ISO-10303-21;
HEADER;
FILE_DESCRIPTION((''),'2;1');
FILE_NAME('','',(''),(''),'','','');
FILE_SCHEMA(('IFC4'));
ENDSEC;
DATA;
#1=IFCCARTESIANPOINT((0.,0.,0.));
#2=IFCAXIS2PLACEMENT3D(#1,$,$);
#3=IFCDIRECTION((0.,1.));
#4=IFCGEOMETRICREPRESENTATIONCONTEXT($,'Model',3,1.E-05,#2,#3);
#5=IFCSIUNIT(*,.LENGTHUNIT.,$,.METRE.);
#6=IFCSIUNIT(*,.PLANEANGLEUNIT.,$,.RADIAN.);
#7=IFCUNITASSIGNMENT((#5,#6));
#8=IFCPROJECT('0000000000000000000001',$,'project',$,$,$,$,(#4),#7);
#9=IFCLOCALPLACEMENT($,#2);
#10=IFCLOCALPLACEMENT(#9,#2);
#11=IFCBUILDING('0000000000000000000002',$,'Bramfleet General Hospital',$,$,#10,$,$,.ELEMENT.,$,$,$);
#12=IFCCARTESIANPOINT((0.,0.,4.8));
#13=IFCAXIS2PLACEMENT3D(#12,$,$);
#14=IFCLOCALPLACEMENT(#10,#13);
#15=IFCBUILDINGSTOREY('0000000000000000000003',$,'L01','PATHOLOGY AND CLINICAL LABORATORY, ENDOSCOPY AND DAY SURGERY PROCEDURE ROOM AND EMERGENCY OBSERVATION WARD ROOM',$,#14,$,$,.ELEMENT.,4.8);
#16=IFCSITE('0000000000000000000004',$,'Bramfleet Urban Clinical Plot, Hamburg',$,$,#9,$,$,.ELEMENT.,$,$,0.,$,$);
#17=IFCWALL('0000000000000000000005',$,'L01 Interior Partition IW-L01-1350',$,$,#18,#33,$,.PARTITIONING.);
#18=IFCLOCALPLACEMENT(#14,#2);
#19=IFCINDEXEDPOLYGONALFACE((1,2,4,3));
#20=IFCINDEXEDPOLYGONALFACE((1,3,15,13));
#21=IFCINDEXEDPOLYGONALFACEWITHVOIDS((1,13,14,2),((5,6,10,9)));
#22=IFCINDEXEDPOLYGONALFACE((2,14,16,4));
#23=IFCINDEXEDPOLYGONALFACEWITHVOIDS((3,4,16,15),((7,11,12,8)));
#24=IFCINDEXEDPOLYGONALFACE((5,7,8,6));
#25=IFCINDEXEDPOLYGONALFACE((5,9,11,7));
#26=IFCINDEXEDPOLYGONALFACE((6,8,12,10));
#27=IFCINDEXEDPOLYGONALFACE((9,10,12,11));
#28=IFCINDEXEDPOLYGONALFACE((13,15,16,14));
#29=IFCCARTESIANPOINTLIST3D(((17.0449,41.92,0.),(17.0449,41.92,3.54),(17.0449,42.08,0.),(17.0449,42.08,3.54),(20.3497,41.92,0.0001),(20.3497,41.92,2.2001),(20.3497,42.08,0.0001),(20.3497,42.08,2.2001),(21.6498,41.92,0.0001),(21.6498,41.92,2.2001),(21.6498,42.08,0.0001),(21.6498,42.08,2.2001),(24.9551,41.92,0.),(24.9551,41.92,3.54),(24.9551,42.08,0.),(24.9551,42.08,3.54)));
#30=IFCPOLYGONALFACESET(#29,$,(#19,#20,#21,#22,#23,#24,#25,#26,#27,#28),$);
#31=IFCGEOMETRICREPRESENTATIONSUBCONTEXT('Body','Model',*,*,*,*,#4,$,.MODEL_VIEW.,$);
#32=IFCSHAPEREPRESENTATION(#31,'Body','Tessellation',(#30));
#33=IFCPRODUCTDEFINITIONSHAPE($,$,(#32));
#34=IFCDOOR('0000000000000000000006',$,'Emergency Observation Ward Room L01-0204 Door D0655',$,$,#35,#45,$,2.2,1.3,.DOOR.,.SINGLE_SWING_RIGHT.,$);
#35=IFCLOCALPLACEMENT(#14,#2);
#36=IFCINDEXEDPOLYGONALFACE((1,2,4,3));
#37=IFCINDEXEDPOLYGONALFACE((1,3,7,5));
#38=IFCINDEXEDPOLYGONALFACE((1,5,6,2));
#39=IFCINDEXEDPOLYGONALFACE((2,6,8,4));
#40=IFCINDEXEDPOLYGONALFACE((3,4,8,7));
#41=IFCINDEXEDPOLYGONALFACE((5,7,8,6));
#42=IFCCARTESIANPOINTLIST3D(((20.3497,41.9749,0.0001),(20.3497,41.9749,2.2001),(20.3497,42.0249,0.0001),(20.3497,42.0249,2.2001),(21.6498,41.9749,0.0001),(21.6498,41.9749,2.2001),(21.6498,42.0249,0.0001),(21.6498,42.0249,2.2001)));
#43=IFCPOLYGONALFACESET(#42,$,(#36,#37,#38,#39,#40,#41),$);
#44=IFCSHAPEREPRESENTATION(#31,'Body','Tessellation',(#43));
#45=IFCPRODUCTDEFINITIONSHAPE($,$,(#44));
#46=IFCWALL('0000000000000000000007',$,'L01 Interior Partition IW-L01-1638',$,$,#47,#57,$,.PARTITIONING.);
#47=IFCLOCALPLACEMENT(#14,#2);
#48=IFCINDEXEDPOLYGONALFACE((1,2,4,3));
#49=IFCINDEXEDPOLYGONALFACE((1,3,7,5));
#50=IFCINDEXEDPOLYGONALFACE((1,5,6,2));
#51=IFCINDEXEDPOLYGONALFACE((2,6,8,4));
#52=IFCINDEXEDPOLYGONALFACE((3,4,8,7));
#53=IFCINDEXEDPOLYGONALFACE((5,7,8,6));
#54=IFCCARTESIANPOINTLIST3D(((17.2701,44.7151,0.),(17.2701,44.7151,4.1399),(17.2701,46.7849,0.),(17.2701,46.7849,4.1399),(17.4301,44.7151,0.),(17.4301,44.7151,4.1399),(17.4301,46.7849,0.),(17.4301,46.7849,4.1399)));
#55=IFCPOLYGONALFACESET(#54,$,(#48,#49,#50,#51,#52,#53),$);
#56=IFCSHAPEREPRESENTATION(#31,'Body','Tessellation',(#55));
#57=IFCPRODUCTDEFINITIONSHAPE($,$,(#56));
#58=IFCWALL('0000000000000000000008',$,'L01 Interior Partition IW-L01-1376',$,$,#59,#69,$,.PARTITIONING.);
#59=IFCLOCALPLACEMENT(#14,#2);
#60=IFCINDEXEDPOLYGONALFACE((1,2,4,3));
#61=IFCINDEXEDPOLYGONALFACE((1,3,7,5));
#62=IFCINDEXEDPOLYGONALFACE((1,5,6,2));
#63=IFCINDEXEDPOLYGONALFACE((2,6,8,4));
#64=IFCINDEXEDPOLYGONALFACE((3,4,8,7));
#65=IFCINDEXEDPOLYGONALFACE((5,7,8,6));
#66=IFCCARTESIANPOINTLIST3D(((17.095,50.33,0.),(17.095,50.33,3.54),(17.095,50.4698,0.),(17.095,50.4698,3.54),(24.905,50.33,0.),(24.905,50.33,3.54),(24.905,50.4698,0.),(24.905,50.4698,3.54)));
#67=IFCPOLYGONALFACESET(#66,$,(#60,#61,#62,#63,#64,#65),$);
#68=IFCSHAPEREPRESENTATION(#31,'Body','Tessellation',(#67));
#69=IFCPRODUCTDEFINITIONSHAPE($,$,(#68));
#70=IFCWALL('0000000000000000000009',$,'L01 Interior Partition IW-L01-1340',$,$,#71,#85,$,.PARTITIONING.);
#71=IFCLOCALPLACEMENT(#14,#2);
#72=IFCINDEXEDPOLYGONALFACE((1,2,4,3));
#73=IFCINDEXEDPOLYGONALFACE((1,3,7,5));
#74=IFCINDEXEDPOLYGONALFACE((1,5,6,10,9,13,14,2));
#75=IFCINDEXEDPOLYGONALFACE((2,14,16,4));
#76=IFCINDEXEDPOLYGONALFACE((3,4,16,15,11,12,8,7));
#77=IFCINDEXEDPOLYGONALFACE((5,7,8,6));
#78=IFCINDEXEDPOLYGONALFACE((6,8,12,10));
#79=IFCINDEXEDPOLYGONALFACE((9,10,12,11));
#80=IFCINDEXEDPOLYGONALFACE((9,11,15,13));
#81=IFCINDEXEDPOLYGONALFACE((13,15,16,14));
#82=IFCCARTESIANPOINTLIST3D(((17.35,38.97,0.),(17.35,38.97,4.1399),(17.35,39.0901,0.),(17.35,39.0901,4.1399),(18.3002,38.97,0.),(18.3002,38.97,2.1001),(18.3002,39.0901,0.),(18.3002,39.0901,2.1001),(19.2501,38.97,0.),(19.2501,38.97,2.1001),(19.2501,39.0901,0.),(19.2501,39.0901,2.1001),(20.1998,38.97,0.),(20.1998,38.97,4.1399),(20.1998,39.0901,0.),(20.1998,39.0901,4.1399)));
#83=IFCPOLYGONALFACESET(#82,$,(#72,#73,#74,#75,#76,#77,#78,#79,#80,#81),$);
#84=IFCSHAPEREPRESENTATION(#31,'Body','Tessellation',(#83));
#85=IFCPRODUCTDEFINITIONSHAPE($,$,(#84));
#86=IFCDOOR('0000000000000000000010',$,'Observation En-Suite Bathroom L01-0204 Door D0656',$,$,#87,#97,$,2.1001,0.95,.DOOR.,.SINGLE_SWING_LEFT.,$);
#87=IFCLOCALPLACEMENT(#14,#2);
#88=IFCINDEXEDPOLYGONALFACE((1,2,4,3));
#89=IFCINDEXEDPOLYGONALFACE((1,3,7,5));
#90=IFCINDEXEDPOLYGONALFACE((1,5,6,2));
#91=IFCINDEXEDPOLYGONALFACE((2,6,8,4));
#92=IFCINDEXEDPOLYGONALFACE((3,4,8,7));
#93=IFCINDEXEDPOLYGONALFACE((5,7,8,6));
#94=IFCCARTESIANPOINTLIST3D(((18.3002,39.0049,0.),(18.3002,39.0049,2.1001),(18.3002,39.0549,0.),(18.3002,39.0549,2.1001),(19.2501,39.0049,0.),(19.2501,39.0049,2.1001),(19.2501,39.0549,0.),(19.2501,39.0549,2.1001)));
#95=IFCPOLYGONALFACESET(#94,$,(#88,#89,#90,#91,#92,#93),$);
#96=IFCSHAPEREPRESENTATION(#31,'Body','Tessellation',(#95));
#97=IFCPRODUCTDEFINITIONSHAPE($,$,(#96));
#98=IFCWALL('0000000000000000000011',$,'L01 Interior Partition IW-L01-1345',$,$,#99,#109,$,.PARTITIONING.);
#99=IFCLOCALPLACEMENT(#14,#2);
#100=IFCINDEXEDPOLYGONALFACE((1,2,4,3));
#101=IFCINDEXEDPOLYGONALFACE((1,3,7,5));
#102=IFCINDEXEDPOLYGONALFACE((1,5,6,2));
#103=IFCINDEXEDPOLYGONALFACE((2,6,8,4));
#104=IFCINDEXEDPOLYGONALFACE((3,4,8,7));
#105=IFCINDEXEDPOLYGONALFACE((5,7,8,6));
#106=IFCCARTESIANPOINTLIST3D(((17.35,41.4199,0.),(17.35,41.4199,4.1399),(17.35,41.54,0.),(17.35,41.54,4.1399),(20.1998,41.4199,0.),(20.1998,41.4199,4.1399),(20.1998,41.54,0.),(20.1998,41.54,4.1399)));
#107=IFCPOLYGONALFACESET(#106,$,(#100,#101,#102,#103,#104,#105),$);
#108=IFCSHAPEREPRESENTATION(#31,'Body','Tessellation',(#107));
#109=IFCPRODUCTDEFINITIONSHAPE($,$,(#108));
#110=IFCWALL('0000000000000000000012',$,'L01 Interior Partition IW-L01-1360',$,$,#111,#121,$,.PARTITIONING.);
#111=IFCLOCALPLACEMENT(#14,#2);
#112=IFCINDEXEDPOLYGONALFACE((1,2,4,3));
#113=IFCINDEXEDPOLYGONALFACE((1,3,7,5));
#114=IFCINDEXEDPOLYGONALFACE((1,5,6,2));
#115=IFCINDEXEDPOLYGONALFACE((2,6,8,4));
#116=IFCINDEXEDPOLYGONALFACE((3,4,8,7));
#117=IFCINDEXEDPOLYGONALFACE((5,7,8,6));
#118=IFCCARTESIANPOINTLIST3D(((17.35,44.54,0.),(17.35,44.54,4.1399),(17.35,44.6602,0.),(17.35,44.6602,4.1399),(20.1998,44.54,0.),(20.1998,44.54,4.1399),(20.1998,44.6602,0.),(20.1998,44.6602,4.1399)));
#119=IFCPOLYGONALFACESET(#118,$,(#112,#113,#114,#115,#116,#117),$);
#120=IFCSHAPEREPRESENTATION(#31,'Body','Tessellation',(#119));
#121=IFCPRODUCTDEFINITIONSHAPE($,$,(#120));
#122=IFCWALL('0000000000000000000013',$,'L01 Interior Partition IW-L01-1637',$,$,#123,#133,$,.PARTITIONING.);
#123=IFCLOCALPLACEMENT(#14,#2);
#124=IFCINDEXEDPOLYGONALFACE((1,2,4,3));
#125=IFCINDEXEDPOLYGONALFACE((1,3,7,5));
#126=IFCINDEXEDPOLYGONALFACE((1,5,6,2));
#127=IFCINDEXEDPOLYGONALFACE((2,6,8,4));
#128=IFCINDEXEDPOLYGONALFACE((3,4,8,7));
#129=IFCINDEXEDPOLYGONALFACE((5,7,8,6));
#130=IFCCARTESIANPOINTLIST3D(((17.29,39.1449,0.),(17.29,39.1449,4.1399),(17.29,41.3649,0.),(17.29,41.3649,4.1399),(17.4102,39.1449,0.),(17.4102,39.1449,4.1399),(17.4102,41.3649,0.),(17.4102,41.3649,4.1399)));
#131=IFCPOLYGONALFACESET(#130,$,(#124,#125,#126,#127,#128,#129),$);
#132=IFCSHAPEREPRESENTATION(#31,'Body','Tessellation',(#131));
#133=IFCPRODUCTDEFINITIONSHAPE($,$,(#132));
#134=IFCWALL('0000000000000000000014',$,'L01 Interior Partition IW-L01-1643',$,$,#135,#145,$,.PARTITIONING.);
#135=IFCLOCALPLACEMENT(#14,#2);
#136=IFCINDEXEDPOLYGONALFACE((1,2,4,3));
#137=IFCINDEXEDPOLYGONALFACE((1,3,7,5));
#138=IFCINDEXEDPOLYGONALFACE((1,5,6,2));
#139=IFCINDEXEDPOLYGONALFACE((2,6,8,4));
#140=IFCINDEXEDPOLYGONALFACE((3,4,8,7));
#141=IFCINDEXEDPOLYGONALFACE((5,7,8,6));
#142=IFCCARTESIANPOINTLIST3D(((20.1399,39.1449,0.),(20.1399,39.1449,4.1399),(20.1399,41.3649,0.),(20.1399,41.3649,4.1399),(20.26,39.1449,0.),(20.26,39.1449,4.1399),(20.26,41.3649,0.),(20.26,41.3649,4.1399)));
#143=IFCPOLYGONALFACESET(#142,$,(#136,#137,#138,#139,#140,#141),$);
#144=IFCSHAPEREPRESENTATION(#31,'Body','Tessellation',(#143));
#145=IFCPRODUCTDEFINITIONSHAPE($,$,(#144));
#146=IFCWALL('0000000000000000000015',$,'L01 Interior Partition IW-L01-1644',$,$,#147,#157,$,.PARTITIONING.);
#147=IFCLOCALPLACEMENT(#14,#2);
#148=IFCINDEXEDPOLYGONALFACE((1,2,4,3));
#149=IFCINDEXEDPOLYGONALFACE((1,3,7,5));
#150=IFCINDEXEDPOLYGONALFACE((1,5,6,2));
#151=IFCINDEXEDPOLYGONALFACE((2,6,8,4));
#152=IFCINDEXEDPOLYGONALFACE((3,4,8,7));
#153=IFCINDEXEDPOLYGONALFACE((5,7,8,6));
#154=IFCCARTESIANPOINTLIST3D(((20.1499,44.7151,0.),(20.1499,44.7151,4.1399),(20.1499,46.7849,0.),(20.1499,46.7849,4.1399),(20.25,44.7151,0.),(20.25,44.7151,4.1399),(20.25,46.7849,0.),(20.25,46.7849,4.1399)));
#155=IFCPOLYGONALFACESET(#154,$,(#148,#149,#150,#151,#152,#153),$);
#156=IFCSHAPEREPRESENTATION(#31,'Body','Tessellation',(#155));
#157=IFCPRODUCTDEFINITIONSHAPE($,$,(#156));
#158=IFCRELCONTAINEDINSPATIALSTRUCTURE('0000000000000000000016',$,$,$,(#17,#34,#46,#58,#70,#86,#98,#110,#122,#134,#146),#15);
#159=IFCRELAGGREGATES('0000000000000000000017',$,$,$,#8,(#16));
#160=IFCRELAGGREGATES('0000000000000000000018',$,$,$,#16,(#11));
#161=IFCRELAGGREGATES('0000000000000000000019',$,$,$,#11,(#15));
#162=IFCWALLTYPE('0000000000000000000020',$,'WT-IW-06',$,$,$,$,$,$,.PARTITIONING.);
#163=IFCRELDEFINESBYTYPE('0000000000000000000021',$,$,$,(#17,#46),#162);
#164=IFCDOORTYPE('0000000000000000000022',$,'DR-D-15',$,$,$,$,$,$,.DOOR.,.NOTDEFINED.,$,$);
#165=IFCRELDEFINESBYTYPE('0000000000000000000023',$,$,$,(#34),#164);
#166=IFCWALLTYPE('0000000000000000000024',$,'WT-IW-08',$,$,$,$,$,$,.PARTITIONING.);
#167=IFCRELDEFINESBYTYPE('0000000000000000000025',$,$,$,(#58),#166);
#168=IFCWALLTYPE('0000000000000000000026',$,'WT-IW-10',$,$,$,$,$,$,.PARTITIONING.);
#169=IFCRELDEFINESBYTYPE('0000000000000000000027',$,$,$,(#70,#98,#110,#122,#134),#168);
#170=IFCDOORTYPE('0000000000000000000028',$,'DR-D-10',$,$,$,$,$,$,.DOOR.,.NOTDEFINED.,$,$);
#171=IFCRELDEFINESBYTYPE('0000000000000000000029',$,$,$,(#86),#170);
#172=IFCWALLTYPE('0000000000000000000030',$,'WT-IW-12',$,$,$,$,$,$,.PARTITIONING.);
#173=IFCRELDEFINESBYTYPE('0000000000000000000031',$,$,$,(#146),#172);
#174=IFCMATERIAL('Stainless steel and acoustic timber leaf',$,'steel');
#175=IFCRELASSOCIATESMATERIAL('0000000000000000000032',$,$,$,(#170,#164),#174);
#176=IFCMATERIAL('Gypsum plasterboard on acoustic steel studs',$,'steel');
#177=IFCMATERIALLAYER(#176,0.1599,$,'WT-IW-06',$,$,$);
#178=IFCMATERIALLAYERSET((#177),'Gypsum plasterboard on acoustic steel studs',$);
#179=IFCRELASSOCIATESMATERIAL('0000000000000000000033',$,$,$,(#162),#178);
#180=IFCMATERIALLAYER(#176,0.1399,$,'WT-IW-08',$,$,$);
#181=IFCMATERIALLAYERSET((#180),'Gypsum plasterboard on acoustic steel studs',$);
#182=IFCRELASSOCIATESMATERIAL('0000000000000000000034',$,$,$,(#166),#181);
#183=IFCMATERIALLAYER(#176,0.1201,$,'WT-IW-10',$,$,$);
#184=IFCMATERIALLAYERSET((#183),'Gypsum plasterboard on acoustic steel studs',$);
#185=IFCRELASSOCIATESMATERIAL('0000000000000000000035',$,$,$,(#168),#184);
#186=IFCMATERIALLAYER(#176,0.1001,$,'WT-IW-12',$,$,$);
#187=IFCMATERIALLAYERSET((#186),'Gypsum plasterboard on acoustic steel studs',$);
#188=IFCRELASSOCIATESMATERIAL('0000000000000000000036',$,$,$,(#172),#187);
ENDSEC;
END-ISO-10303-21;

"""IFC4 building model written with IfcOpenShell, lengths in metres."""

from ifc_helpers import new_model, si_unit, direction, frame, frame_2d, origin, place, context, subcontext, project, spatial, rectangle, extrude, material, layer, layer_set, type_object, element, fill, save


model = new_model("IFC4")

# Units and contexts
model_context = context("Model", 3, precision=1e-05, world=origin(), true_north=direction((0.0, 1.0)))
body_context = subcontext(model_context, "Body", "Model", "MODEL_VIEW")
ifc_project = project(units=[si_unit("LENGTHUNIT", "METRE"), si_unit("PLANEANGLEUNIT", "RADIAN")], contexts=[model_context])

# Site, building, storey
site_placement = place(None, origin())
site = spatial("IfcSite", under=ifc_project, at=site_placement, Name="Bramfleet Urban Clinical Plot, Hamburg", CompositionType="ELEMENT", RefElevation=0.0)
building_placement = place(site_placement, origin())
building = spatial("IfcBuilding", under=site, at=building_placement, Name="Bramfleet General Hospital", CompositionType="ELEMENT")
storey_placement = place(building_placement, frame((0.0, 0.0, 4.8)))
storey = spatial("IfcBuildingStorey", under=building, at=storey_placement, Name="L01", Description="PATHOLOGY AND CLINICAL LABORATORY, ENDOSCOPY AND DAY SURGERY PROCEDURE ROOM AND EMERGENCY OBSERVATION WARD ROOM", CompositionType="ELEMENT", Elevation=4.8)

# Shared definitions
ifc_material_1 = material(Name="Stainless steel and acoustic timber leaf", Category="steel")
door_type_1 = type_object("IfcDoorType", Name="DR-D-10", OperationType="NOTDEFINED", PredefinedType="DOOR", material=ifc_material_1)

# Shared definitions
ifc_material_2 = material(Name="Gypsum plasterboard on acoustic steel studs", Category="steel")

# Wall, opening, door
ifc_layer_1 = layer(ifc_material_2, 0.1599, Name="WT-IW-06")
ifc_layer_set_1 = layer_set([ifc_layer_1], Name="Gypsum plasterboard on acoustic steel studs")
wall_type_1 = type_object("IfcWallType", Name="WT-IW-06", PredefinedType="PARTITIONING", material=ifc_layer_set_1)
wall_1_placement = place(storey_placement, frame((17.0449, 42.0, 0.0), z_axis=(0.0, 0.0, 1.0), x_axis=(1.0, 0.0, 0.0)))
wall_1 = element("IfcWall", 1, at=wall_1_placement, inside=storey, type_object=wall_type_1, Name="L01 Interior Partition IW-L01-1350", PredefinedType="PARTITIONING", context=body_context, shape_type="SweptSolid", body=[
    extrude(rectangle(XDim=7.9102, YDim=0.1599, at=frame_2d((3.9551, 0.0))), origin(), (0.0, 0.0, 1.0), 3.54),
])
opening_1_placement = place(wall_1_placement, frame((3.3049, 0.0, 0.0)))
opening_1 = element("IfcOpeningElement", 2, at=opening_1_placement, cuts=wall_1, PredefinedType="OPENING", context=body_context, shape_type="SweptSolid", body=[
    extrude(rectangle(XDim=1.3, YDim=2.2, at=frame_2d((0.6499, 1.1001))), frame((0.0, 0.0898, 0.0), z_axis=(0.0, -1.0, 0.0), x_axis=(1.0, 0.0, 0.0)), (0.0, 0.0, 1.0), 0.1799),
])
door_type_2 = type_object("IfcDoorType", Name="DR-D-15", OperationType="NOTDEFINED", PredefinedType="DOOR", material=ifc_material_1)
door_1_placement = place(opening_1_placement, origin())
door_1 = element("IfcDoor", 3, at=door_1_placement, inside=storey, type_object=door_type_2, Name="Emergency Observation Ward Room L01-0204 Door D0655", OperationType="SINGLE_SWING_RIGHT", OverallHeight=2.2, OverallWidth=1.3, PredefinedType="DOOR", context=body_context, shape_type="SweptSolid", body=[
    extrude(rectangle(XDim=1.3, YDim=2.2, at=frame_2d((0.6499, 1.1001))), frame((0.0, 0.0249, 0.0), z_axis=(0.0, -1.0, 0.0), x_axis=(1.0, 0.0, 0.0)), (0.0, 0.0, 1.0), 0.05),
])
fill(opening_1, door_1)

# Walls
wall_2_placement = place(storey_placement, frame((17.3501, 44.7151, 0.0), z_axis=(0.0, 0.0, 1.0), x_axis=(0.0, 1.0, 0.0)))
element("IfcWall", 4, at=wall_2_placement, inside=storey, type_object=wall_type_1, Name="L01 Interior Partition IW-L01-1638", PredefinedType="PARTITIONING", context=body_context, shape_type="SweptSolid", body=[
    extrude(rectangle(XDim=2.0698, YDim=0.1599, at=frame_2d((1.0349, 0.0))), origin(), (0.0, 0.0, 1.0), 4.1399),
])
ifc_layer_2 = layer(ifc_material_2, 0.1399, Name="WT-IW-08")
ifc_layer_set_2 = layer_set([ifc_layer_2], Name="Gypsum plasterboard on acoustic steel studs")
wall_type_2 = type_object("IfcWallType", Name="WT-IW-08", PredefinedType="PARTITIONING", material=ifc_layer_set_2)
wall_3_placement = place(storey_placement, frame((17.095, 50.3999, 0.0), z_axis=(0.0, 0.0, 1.0), x_axis=(1.0, 0.0, 0.0)))
element("IfcWall", 5, at=wall_3_placement, inside=storey, type_object=wall_type_2, Name="L01 Interior Partition IW-L01-1376", PredefinedType="PARTITIONING", context=body_context, shape_type="SweptSolid", body=[
    extrude(rectangle(XDim=7.8101, YDim=0.1399, at=frame_2d((3.905, 0.0))), origin(), (0.0, 0.0, 1.0), 3.54),
])

# Wall, opening, door
ifc_layer_3 = layer(ifc_material_2, 0.1201, Name="WT-IW-10")
ifc_layer_set_3 = layer_set([ifc_layer_3], Name="Gypsum plasterboard on acoustic steel studs")
wall_type_3 = type_object("IfcWallType", Name="WT-IW-10", PredefinedType="PARTITIONING", material=ifc_layer_set_3)
wall_4_placement = place(storey_placement, frame((17.3501, 39.03, 0.0), z_axis=(0.0, 0.0, 1.0), x_axis=(1.0, 0.0, 0.0)))
wall_4 = element("IfcWall", 6, at=wall_4_placement, inside=storey, type_object=wall_type_3, Name="L01 Interior Partition IW-L01-1340", PredefinedType="PARTITIONING", context=body_context, shape_type="SweptSolid", body=[
    extrude(rectangle(XDim=2.8499, YDim=0.1201, at=frame_2d((1.4248, 0.0))), origin(), (0.0, 0.0, 1.0), 4.1399),
])
opening_2_placement = place(wall_4_placement, frame((0.95, 0.0, 0.0)))
opening_2 = element("IfcOpeningElement", 7, at=opening_2_placement, cuts=wall_4, PredefinedType="OPENING", context=body_context, shape_type="SweptSolid", body=[
    extrude(rectangle(XDim=0.95, YDim=2.1001, at=frame_2d((0.4751, 1.05))), frame((0.0, 0.0701, 0.0), z_axis=(0.0, -1.0, 0.0), x_axis=(1.0, 0.0, 0.0)), (0.0, 0.0, 1.0), 0.1401),
])
door_2_placement = place(opening_2_placement, origin())
door_2 = element("IfcDoor", 8, at=door_2_placement, inside=storey, type_object=door_type_1, Name="Observation En-Suite Bathroom L01-0204 Door D0656", OperationType="SINGLE_SWING_LEFT", OverallHeight=2.1001, OverallWidth=0.95, PredefinedType="DOOR", context=body_context, shape_type="SweptSolid", body=[
    extrude(rectangle(XDim=0.95, YDim=2.1001, at=frame_2d((0.4751, 1.05))), frame((0.0, 0.0249, 0.0), z_axis=(0.0, -1.0, 0.0), x_axis=(1.0, 0.0, 0.0)), (0.0, 0.0, 1.0), 0.05),
])
fill(opening_2, door_2)

# Walls
for number, where, z_axis, x_axis, name in (
    (9, (17.3501, 41.48, 0.0), (0.0, 0.0, 1.0), (1.0, 0.0, 0.0), "L01 Interior Partition IW-L01-1345"),
    (10, (17.3501, 44.6001, 0.0), (0.0, 0.0, 1.0), (1.0, 0.0, 0.0), "L01 Interior Partition IW-L01-1360"),
):
    element("IfcWall", number, at=place(storey_placement, frame(where, z_axis=z_axis, x_axis=x_axis)), inside=storey, type_object=wall_type_3, Name=name, PredefinedType="PARTITIONING", context=body_context, shape_type="SweptSolid", body=[
        extrude(rectangle(XDim=2.8499, YDim=0.1201, at=frame_2d((1.4248, 0.0))), origin(), (0.0, 0.0, 1.0), 4.1399),
    ])
for number, where, z_axis, x_axis, name in (
    (11, (17.3501, 39.145, 0.0), (0.0, 0.0, 1.0), (0.0, 1.0, 0.0), "L01 Interior Partition IW-L01-1637"),
    (12, (20.2, 39.145, 0.0), (0.0, 0.0, 1.0), (0.0, 1.0, 0.0), "L01 Interior Partition IW-L01-1643"),
):
    element("IfcWall", number, at=place(storey_placement, frame(where, z_axis=z_axis, x_axis=x_axis)), inside=storey, type_object=wall_type_3, Name=name, PredefinedType="PARTITIONING", context=body_context, shape_type="SweptSolid", body=[
        extrude(rectangle(XDim=2.22, YDim=0.1201, at=frame_2d((1.1099, 0.0))), origin(), (0.0, 0.0, 1.0), 4.1399),
    ])
ifc_layer_4 = layer(ifc_material_2, 0.1001, Name="WT-IW-12")
ifc_layer_set_4 = layer_set([ifc_layer_4], Name="Gypsum plasterboard on acoustic steel studs")
wall_type_4 = type_object("IfcWallType", Name="WT-IW-12", PredefinedType="PARTITIONING", material=ifc_layer_set_4)
wall_5_placement = place(storey_placement, frame((20.2, 44.7151, 0.0), z_axis=(0.0, 0.0, 1.0), x_axis=(0.0, 1.0, 0.0)))
element("IfcWall", 13, at=wall_5_placement, inside=storey, type_object=wall_type_4, Name="L01 Interior Partition IW-L01-1644", PredefinedType="PARTITIONING", context=body_context, shape_type="SweptSolid", body=[
    extrude(rectangle(XDim=2.0698, YDim=0.1001, at=frame_2d((1.0349, 0.0))), origin(), (0.0, 0.0, 1.0), 4.1399),
])

save(model, "model.ifc")
